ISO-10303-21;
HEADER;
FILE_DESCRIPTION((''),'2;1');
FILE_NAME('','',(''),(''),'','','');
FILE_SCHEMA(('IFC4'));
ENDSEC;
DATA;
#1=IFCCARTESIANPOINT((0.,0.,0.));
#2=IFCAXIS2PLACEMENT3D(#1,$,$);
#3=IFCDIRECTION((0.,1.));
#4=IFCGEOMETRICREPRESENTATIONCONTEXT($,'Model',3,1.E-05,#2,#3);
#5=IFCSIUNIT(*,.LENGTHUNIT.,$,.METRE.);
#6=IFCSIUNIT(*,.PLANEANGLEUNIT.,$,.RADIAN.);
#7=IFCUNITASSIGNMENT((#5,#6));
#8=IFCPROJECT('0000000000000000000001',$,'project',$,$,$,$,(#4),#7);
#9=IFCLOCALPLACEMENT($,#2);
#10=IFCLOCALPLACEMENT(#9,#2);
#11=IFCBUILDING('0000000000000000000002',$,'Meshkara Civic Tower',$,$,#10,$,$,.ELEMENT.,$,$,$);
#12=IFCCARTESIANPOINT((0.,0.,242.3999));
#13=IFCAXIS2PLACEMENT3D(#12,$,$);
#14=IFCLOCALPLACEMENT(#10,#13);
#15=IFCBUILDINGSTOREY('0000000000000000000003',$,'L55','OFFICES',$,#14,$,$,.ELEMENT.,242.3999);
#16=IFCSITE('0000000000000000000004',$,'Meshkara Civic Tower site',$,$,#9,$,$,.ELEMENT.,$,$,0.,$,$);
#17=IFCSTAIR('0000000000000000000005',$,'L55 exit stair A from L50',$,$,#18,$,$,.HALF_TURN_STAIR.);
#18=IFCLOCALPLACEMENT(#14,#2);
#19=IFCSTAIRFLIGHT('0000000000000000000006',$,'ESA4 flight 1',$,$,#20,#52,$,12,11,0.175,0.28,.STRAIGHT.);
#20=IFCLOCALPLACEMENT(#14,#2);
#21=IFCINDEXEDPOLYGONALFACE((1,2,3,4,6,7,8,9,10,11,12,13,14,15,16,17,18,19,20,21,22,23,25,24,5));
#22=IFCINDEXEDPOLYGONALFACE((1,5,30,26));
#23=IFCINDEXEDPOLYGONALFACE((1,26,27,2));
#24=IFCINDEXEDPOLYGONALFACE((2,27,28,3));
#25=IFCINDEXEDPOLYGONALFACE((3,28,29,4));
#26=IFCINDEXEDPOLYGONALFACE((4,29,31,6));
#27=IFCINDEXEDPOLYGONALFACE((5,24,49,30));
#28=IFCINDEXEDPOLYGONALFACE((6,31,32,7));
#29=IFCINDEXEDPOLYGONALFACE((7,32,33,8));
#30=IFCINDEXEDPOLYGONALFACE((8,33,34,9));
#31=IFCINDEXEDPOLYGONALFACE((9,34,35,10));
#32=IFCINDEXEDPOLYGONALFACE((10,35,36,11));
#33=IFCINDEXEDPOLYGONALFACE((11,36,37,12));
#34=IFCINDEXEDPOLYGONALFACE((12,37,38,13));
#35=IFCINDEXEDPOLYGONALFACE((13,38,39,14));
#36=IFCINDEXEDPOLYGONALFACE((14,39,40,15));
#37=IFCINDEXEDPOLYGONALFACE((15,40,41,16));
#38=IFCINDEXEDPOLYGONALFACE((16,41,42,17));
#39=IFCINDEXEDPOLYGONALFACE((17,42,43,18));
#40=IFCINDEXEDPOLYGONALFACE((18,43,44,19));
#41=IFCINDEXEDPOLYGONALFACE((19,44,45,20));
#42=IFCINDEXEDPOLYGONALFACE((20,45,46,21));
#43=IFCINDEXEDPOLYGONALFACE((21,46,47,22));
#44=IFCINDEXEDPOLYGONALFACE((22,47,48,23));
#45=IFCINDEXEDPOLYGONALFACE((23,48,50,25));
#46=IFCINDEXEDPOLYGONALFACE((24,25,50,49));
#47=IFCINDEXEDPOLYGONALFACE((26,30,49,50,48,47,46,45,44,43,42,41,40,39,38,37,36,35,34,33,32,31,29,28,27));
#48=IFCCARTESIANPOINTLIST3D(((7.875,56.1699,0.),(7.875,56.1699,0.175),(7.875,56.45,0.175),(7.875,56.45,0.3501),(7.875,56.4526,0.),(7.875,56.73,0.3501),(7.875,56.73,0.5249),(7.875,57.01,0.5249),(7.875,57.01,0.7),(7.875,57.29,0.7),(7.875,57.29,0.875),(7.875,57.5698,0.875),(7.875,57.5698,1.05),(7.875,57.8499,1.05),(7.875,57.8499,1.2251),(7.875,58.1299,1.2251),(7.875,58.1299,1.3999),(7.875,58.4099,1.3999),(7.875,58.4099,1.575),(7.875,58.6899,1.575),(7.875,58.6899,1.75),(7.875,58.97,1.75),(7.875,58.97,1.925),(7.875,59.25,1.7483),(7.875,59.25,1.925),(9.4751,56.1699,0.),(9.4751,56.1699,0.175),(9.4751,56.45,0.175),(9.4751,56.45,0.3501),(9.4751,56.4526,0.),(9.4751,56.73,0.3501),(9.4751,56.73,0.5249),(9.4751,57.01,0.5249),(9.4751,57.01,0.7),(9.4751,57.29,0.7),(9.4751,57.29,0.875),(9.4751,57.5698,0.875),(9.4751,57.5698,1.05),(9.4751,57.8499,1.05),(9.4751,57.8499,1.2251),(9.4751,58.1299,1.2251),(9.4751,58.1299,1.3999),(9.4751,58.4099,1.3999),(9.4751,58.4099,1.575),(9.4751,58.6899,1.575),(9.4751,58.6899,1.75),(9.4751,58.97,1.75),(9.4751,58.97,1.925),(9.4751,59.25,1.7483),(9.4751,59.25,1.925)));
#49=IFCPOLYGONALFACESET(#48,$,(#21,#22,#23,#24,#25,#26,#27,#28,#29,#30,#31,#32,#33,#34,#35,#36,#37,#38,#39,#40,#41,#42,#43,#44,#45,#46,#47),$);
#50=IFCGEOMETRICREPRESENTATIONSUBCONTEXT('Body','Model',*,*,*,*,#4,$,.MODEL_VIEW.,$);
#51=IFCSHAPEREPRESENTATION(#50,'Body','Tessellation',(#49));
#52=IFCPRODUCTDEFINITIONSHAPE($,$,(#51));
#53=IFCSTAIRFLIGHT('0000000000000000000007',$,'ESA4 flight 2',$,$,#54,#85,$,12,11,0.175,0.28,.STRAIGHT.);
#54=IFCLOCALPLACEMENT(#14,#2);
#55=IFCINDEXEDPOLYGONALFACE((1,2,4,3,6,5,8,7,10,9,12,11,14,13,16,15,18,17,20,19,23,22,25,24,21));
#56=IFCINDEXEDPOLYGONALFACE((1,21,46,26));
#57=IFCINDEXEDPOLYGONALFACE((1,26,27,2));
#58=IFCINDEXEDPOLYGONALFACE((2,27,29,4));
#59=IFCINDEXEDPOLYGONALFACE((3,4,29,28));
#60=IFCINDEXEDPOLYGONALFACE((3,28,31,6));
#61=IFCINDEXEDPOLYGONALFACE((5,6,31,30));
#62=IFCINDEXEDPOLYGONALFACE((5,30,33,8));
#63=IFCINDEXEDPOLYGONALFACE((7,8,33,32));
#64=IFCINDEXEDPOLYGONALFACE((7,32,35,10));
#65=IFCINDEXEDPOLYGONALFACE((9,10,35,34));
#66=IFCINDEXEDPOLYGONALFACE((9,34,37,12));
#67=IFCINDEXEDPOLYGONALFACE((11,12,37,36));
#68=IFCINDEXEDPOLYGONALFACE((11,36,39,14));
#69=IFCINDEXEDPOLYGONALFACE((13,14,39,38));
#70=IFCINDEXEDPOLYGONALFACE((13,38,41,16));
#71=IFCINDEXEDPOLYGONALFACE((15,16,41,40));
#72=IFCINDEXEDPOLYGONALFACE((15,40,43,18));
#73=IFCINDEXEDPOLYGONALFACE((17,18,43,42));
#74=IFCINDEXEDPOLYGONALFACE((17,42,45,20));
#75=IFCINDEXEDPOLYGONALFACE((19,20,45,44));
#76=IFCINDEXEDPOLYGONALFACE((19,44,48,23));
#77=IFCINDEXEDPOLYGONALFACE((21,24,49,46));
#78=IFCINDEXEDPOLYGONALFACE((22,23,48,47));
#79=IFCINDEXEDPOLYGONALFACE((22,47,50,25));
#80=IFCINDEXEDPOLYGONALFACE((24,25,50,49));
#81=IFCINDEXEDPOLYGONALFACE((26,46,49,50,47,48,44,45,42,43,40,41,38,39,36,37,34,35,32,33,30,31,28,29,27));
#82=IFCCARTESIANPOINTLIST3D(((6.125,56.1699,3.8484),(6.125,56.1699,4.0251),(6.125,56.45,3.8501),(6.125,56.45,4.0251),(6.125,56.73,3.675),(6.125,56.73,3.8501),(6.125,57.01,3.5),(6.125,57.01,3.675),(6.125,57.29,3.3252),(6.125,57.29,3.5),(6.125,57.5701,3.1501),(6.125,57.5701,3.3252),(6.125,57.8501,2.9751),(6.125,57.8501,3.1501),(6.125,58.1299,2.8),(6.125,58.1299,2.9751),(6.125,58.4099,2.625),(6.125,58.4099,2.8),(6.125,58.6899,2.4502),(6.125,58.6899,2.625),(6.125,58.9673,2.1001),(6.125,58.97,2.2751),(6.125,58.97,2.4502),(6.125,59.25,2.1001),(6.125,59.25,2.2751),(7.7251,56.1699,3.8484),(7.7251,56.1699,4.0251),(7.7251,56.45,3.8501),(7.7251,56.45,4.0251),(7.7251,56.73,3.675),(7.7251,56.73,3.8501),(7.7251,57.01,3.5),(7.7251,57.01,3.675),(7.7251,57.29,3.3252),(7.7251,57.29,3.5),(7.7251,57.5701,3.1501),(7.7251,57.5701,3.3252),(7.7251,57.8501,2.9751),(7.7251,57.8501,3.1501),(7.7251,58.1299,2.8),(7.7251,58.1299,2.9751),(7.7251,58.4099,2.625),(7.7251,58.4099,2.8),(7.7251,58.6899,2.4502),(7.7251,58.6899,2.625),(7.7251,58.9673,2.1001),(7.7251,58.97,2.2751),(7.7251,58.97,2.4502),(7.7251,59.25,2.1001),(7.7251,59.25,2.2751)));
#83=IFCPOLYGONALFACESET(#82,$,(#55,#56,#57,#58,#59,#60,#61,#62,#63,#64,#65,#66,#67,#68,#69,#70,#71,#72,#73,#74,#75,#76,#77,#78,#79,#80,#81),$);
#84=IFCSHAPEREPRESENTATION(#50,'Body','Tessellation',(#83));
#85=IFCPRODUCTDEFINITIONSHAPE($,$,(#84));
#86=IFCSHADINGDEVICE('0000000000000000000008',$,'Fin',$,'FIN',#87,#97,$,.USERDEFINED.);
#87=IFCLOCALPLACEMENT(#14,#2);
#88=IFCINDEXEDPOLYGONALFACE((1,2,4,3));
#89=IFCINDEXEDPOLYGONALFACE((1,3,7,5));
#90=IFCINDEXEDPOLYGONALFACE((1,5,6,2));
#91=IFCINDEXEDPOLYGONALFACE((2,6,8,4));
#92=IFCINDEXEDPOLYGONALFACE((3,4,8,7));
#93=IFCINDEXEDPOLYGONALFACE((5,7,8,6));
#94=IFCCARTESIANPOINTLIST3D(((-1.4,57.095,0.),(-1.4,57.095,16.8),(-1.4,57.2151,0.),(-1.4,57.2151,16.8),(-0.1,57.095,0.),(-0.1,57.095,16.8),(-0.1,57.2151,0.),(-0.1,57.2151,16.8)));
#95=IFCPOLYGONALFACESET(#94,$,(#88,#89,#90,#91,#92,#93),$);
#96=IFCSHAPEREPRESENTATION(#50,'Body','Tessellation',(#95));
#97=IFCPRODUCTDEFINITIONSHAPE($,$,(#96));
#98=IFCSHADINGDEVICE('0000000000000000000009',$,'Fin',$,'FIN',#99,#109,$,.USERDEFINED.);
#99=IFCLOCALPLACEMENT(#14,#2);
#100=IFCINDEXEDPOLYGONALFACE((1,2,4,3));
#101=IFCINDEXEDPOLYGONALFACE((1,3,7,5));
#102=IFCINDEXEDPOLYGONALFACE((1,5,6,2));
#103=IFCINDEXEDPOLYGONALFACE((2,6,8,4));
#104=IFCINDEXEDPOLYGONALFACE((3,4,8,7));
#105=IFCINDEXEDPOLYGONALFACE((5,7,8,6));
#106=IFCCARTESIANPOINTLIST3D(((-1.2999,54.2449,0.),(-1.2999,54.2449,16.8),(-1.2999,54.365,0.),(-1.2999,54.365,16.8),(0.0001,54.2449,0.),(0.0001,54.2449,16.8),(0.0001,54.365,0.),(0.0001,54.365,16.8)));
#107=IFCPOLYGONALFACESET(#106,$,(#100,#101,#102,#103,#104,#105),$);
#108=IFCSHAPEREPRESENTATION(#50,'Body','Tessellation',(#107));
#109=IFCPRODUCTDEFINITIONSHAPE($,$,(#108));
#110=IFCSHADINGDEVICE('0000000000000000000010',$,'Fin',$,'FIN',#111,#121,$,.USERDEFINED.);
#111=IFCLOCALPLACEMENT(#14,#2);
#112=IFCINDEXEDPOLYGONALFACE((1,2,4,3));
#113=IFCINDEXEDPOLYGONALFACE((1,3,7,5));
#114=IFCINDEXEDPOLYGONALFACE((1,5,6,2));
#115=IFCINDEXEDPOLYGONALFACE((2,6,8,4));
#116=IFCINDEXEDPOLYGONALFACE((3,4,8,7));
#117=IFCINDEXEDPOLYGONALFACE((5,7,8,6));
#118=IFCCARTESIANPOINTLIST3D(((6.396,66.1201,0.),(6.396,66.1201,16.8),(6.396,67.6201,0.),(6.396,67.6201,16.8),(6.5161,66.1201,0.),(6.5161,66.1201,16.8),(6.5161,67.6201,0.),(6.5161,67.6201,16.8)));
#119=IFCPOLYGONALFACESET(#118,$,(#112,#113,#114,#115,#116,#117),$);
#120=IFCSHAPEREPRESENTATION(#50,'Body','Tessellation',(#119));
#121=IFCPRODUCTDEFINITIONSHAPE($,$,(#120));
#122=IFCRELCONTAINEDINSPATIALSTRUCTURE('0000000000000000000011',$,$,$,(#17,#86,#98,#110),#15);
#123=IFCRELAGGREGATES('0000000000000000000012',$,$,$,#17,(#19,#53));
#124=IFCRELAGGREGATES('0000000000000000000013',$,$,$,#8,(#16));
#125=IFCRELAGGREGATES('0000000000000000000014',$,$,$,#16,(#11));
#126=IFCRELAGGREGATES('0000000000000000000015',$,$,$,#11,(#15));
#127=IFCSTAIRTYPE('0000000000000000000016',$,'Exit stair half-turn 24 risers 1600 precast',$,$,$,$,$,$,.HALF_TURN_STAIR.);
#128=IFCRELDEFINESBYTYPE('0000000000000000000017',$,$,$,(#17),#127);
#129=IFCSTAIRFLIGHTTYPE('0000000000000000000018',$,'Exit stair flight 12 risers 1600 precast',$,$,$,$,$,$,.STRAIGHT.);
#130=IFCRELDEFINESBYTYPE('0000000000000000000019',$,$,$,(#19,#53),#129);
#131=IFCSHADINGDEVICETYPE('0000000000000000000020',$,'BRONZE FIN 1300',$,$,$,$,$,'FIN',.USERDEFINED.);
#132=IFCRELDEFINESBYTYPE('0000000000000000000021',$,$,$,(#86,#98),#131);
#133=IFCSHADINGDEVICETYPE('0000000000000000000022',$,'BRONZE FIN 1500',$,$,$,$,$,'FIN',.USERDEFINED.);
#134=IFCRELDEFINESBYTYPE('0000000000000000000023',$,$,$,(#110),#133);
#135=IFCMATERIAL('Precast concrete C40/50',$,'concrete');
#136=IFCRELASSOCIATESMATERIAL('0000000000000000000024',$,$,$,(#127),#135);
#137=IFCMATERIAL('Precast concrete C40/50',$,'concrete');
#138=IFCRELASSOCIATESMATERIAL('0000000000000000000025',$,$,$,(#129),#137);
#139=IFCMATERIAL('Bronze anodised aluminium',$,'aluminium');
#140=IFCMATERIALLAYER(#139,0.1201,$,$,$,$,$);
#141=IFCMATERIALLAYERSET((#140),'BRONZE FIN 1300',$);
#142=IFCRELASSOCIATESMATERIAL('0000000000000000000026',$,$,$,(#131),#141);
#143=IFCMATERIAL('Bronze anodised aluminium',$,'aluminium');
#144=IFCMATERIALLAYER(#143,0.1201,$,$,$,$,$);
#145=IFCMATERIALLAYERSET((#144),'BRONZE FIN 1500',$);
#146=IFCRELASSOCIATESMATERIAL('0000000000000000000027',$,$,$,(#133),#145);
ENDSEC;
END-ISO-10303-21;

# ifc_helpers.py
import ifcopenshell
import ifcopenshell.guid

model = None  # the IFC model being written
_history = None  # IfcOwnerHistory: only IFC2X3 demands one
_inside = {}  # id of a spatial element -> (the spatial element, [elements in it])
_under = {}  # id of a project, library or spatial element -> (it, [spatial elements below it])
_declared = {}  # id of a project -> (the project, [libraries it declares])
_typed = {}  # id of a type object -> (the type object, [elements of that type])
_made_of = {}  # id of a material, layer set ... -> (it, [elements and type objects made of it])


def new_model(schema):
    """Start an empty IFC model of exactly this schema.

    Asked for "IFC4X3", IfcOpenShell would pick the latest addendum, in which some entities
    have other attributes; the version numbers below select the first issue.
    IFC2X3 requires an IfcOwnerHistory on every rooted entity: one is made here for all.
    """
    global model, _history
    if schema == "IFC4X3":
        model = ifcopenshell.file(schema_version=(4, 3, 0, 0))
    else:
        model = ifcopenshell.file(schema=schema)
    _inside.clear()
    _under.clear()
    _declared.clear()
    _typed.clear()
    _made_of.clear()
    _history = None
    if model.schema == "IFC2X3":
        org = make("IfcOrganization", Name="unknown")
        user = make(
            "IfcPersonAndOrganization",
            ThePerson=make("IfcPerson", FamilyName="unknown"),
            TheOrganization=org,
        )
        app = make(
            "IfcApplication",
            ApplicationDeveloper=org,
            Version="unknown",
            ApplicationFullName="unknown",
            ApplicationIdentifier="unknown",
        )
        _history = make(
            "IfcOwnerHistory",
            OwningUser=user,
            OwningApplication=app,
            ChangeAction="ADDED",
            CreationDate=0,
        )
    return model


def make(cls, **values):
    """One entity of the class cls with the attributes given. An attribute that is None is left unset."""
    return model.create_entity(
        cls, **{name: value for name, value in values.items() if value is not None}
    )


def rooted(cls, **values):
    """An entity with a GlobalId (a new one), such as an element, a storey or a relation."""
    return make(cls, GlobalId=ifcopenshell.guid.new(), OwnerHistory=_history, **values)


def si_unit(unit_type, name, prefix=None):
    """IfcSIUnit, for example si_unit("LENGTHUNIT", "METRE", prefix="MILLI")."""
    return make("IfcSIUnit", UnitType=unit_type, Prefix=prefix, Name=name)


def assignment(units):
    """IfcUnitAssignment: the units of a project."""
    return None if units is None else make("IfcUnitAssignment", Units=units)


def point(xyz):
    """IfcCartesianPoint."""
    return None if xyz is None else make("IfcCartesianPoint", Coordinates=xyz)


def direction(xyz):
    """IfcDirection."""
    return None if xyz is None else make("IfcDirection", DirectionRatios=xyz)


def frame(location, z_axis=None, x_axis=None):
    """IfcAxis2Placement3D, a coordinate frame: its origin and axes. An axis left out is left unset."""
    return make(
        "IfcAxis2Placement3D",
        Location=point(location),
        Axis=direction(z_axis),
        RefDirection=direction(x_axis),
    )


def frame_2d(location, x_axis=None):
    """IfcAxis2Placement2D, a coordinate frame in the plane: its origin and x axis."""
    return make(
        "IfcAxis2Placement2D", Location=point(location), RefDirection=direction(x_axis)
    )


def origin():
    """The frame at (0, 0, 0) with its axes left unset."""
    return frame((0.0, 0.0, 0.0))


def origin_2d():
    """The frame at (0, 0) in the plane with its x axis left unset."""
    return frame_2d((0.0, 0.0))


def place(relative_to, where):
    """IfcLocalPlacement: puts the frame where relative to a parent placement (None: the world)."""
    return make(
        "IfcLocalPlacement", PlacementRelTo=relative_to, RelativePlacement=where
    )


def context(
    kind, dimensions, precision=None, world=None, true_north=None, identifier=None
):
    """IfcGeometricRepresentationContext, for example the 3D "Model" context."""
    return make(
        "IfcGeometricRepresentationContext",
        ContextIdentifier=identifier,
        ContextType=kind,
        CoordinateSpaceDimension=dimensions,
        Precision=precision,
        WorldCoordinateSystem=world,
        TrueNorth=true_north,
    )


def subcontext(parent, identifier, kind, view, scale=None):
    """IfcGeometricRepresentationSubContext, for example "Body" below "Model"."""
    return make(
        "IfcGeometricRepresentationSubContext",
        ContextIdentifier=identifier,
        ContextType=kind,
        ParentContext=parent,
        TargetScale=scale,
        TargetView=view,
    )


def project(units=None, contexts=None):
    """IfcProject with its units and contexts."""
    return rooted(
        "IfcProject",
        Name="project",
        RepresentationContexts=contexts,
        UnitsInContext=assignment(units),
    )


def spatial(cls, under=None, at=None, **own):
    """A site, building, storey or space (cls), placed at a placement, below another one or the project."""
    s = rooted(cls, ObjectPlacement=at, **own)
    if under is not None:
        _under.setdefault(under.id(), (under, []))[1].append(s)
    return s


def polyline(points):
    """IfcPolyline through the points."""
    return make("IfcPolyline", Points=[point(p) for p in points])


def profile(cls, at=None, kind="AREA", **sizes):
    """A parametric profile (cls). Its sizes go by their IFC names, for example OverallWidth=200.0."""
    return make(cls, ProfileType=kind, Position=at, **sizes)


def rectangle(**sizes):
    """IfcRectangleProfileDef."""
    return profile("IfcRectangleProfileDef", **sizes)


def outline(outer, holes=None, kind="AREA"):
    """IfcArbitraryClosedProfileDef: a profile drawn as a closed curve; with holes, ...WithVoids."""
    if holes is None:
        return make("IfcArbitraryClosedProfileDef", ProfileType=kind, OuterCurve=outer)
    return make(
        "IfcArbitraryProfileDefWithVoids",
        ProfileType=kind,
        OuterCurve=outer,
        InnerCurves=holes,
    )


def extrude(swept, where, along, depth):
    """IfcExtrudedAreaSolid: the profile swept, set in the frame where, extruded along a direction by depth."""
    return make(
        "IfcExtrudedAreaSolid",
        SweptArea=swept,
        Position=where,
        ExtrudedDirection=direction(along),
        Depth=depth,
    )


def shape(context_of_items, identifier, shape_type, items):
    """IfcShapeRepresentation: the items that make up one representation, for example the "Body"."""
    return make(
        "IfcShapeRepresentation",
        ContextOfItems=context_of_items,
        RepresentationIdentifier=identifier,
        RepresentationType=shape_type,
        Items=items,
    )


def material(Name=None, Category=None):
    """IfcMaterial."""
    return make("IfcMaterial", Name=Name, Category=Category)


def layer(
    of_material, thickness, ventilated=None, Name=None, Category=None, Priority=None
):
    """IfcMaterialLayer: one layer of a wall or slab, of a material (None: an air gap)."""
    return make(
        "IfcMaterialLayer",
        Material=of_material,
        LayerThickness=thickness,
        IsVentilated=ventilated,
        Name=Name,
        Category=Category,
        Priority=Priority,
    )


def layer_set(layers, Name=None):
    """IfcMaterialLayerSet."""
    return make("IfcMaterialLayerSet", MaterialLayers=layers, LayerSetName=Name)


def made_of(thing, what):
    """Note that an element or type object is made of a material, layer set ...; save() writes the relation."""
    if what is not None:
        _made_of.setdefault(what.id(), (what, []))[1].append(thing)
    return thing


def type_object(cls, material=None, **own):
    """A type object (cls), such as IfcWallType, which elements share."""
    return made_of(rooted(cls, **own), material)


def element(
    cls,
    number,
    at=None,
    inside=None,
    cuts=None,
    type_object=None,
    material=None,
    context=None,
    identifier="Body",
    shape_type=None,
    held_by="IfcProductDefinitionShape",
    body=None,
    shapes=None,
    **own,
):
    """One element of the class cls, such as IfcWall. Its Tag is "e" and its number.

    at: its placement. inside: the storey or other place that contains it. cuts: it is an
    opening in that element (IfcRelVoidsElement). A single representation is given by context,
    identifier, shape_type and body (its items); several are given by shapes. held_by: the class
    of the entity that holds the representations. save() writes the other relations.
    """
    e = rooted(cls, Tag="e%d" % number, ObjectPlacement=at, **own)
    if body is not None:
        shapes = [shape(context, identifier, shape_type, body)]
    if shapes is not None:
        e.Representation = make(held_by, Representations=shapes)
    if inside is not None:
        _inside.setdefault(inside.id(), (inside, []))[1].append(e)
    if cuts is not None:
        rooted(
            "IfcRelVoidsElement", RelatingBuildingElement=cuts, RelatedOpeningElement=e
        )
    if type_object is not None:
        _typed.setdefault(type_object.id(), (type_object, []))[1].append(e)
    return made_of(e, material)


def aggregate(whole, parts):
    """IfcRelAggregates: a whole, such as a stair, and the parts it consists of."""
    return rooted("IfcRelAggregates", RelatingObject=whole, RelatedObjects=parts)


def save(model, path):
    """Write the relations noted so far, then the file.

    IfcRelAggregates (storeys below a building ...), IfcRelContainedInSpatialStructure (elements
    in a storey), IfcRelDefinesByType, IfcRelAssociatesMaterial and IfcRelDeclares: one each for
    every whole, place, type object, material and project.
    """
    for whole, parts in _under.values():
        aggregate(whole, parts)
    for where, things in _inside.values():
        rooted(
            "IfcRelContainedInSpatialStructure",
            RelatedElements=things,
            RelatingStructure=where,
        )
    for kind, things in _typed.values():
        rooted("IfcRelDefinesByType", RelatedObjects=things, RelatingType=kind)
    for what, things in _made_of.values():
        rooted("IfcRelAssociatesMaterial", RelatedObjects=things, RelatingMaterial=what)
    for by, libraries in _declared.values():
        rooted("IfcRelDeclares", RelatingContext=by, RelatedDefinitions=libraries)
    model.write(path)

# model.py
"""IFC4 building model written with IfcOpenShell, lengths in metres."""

from ifc_helpers import new_model, si_unit, direction, frame, origin, origin_2d, place, context, subcontext, project, spatial, polyline, rectangle, outline, extrude, material, layer, layer_set, type_object, element, aggregate, save


model = new_model("IFC4")

# Units and contexts
model_context = context("Model", 3, precision=1e-05, world=origin(), true_north=direction((0.0, 1.0)))
body_context = subcontext(model_context, "Body", "Model", "MODEL_VIEW")
ifc_project = project(units=[si_unit("LENGTHUNIT", "METRE"), si_unit("PLANEANGLEUNIT", "RADIAN")], contexts=[model_context])

# Site, building, storey
site_placement = place(None, origin())
site = spatial("IfcSite", under=ifc_project, at=site_placement, Name="Meshkara Civic Tower site", CompositionType="ELEMENT", RefElevation=0.0)
building_placement = place(site_placement, origin())
building = spatial("IfcBuilding", under=site, at=building_placement, Name="Meshkara Civic Tower", CompositionType="ELEMENT")
storey_placement = place(building_placement, frame((0.0, 0.0, 242.3999)))
storey = spatial("IfcBuildingStorey", under=building, at=storey_placement, Name="L55", Description="OFFICES", CompositionType="ELEMENT", Elevation=242.3999)

# Stair, stair flights
ifc_material_1 = material(Name="Precast concrete C40/50", Category="concrete")
stair_type = type_object("IfcStairType", Name="Exit stair half-turn 24 risers 1600 precast", PredefinedType="HALF_TURN_STAIR", material=ifc_material_1)
stair_placement = place(storey_placement, origin())
stair = element("IfcStair", 1, at=stair_placement, inside=storey, type_object=stair_type, Name="L55 exit stair A from L50", PredefinedType="HALF_TURN_STAIR")
ifc_material_2 = material(Name="Precast concrete C40/50", Category="concrete")
stair_flight_type = type_object("IfcStairFlightType", Name="Exit stair flight 12 risers 1600 precast", PredefinedType="STRAIGHT", material=ifc_material_2)
stair_flight_1_placement = place(storey_placement, frame((8.675, 56.1699, 0.0), z_axis=(0.0, 0.0, 1.0), x_axis=(0.0, 1.0, 0.0)))
stair_flight_1 = element("IfcStairFlight", 2, at=stair_flight_1_placement, type_object=stair_flight_type, Name="ESA4 flight 1", NumberOfRisers=12, NumberOfTreads=11, PredefinedType="STRAIGHT", RiserHeight=0.175, TreadLength=0.28, context=body_context, shape_type="SweptSolid", body=[
    extrude(outline(polyline([(0.0, 0.0), (0.0, 0.175), (0.28, 0.175), (0.28, 0.3501), (0.5601, 0.3501), (0.5601, 0.5249), (0.8401, 0.5249), (0.8401, 0.7), (1.1201, 0.7), (1.1201, 0.875), (1.3999, 0.875), (1.3999, 1.05), (1.6799, 1.05), (1.6799, 1.2251), (1.96, 1.2251), (1.96, 1.3999), (2.24, 1.3999), (2.24, 1.575), (2.52, 1.575), (2.52, 1.75), (2.8, 1.75), (2.8, 1.925), (3.0801, 1.925), (3.0801, 2.1001), (3.0801, 1.7483), (0.2827, 0.0), (0.0, 0.0)])), frame((0.0, 0.8, 0.0), z_axis=(0.0, -1.0, 0.0), x_axis=(1.0, 0.0, 0.0)), (0.0, 0.0, 1.0), 1.6001),
])
stair_flight_2_placement = place(storey_placement, frame((6.925, 59.25, 2.1001), z_axis=(0.0, 0.0, 1.0), x_axis=(0.0, -1.0, 0.0)))
stair_flight_2 = element("IfcStairFlight", 3, at=stair_flight_2_placement, type_object=stair_flight_type, Name="ESA4 flight 2", NumberOfRisers=12, NumberOfTreads=11, PredefinedType="STRAIGHT", RiserHeight=0.175, TreadLength=0.28, context=body_context, shape_type="SweptSolid", body=[
    extrude(outline(polyline([(0.0, 0.0), (0.0, 0.175), (0.28, 0.175), (0.28, 0.3501), (0.5601, 0.3501), (0.5601, 0.5249), (0.8401, 0.5249), (0.8401, 0.7), (1.1201, 0.7), (1.1201, 0.875), (1.3999, 0.875), (1.3999, 1.05), (1.6799, 1.05), (1.6799, 1.2251), (1.96, 1.2251), (1.96, 1.3999), (2.24, 1.3999), (2.24, 1.575), (2.52, 1.575), (2.52, 1.75), (2.8, 1.75), (2.8, 1.925), (3.0801, 1.925), (3.0801, 2.1001), (3.0801, 1.7483), (0.2827, 0.0), (0.0, 0.0)])), frame((0.0, 0.8, 0.0), z_axis=(0.0, -1.0, 0.0), x_axis=(1.0, 0.0, 0.0)), (0.0, 0.0, 1.0), 1.6001),
])
aggregate(stair, [stair_flight_1, stair_flight_2])

# Shading devices
ifc_material_3 = material(Name="Bronze anodised aluminium", Category="aluminium")
ifc_layer_1 = layer(ifc_material_3, 0.1201)
ifc_layer_set_1 = layer_set([ifc_layer_1], Name="BRONZE FIN 1300")
shading_device_type_1 = type_object("IfcShadingDeviceType", Name="BRONZE FIN 1300", ElementType="FIN", PredefinedType="USERDEFINED", material=ifc_layer_set_1)
for number, where, z_axis, x_axis, name in (
    (4, (-0.75, 57.155, 0.0), (0.0, 0.0, 1.0), (0.0, -1.0, 0.0), "Fin"),
    (5, (-0.6499, 54.3049, 0.0), (0.0, 0.0, 1.0), (0.0, -1.0, 0.0), "Fin"),
):
    element("IfcShadingDevice", number, at=place(storey_placement, frame(where, z_axis=z_axis, x_axis=x_axis)), inside=storey, type_object=shading_device_type_1, Name=name, ObjectType="FIN", PredefinedType="USERDEFINED", context=body_context, shape_type="SweptSolid", body=[
        extrude(rectangle(XDim=0.1201, YDim=1.3, at=origin_2d()), origin(), (0.0, 0.0, 1.0), 16.8),
    ])
ifc_material_4 = material(Name="Bronze anodised aluminium", Category="aluminium")
ifc_layer_2 = layer(ifc_material_4, 0.1201)
ifc_layer_set_2 = layer_set([ifc_layer_2], Name="BRONZE FIN 1500")
shading_device_type_2 = type_object("IfcShadingDeviceType", Name="BRONZE FIN 1500", ElementType="FIN", PredefinedType="USERDEFINED", material=ifc_layer_set_2)
shading_device_placement = place(storey_placement, frame((6.4561, 66.8701, 0.0), z_axis=(0.0, 0.0, 1.0), x_axis=(-1.0, 0.0, 0.0)))
element("IfcShadingDevice", 6, at=shading_device_placement, inside=storey, type_object=shading_device_type_2, Name="Fin", ObjectType="FIN", PredefinedType="USERDEFINED", context=body_context, shape_type="SweptSolid", body=[
    extrude(rectangle(XDim=0.1201, YDim=1.5, at=origin_2d()), origin(), (0.0, 0.0, 1.0), 16.8),
])

save(model, "model.ifc")
